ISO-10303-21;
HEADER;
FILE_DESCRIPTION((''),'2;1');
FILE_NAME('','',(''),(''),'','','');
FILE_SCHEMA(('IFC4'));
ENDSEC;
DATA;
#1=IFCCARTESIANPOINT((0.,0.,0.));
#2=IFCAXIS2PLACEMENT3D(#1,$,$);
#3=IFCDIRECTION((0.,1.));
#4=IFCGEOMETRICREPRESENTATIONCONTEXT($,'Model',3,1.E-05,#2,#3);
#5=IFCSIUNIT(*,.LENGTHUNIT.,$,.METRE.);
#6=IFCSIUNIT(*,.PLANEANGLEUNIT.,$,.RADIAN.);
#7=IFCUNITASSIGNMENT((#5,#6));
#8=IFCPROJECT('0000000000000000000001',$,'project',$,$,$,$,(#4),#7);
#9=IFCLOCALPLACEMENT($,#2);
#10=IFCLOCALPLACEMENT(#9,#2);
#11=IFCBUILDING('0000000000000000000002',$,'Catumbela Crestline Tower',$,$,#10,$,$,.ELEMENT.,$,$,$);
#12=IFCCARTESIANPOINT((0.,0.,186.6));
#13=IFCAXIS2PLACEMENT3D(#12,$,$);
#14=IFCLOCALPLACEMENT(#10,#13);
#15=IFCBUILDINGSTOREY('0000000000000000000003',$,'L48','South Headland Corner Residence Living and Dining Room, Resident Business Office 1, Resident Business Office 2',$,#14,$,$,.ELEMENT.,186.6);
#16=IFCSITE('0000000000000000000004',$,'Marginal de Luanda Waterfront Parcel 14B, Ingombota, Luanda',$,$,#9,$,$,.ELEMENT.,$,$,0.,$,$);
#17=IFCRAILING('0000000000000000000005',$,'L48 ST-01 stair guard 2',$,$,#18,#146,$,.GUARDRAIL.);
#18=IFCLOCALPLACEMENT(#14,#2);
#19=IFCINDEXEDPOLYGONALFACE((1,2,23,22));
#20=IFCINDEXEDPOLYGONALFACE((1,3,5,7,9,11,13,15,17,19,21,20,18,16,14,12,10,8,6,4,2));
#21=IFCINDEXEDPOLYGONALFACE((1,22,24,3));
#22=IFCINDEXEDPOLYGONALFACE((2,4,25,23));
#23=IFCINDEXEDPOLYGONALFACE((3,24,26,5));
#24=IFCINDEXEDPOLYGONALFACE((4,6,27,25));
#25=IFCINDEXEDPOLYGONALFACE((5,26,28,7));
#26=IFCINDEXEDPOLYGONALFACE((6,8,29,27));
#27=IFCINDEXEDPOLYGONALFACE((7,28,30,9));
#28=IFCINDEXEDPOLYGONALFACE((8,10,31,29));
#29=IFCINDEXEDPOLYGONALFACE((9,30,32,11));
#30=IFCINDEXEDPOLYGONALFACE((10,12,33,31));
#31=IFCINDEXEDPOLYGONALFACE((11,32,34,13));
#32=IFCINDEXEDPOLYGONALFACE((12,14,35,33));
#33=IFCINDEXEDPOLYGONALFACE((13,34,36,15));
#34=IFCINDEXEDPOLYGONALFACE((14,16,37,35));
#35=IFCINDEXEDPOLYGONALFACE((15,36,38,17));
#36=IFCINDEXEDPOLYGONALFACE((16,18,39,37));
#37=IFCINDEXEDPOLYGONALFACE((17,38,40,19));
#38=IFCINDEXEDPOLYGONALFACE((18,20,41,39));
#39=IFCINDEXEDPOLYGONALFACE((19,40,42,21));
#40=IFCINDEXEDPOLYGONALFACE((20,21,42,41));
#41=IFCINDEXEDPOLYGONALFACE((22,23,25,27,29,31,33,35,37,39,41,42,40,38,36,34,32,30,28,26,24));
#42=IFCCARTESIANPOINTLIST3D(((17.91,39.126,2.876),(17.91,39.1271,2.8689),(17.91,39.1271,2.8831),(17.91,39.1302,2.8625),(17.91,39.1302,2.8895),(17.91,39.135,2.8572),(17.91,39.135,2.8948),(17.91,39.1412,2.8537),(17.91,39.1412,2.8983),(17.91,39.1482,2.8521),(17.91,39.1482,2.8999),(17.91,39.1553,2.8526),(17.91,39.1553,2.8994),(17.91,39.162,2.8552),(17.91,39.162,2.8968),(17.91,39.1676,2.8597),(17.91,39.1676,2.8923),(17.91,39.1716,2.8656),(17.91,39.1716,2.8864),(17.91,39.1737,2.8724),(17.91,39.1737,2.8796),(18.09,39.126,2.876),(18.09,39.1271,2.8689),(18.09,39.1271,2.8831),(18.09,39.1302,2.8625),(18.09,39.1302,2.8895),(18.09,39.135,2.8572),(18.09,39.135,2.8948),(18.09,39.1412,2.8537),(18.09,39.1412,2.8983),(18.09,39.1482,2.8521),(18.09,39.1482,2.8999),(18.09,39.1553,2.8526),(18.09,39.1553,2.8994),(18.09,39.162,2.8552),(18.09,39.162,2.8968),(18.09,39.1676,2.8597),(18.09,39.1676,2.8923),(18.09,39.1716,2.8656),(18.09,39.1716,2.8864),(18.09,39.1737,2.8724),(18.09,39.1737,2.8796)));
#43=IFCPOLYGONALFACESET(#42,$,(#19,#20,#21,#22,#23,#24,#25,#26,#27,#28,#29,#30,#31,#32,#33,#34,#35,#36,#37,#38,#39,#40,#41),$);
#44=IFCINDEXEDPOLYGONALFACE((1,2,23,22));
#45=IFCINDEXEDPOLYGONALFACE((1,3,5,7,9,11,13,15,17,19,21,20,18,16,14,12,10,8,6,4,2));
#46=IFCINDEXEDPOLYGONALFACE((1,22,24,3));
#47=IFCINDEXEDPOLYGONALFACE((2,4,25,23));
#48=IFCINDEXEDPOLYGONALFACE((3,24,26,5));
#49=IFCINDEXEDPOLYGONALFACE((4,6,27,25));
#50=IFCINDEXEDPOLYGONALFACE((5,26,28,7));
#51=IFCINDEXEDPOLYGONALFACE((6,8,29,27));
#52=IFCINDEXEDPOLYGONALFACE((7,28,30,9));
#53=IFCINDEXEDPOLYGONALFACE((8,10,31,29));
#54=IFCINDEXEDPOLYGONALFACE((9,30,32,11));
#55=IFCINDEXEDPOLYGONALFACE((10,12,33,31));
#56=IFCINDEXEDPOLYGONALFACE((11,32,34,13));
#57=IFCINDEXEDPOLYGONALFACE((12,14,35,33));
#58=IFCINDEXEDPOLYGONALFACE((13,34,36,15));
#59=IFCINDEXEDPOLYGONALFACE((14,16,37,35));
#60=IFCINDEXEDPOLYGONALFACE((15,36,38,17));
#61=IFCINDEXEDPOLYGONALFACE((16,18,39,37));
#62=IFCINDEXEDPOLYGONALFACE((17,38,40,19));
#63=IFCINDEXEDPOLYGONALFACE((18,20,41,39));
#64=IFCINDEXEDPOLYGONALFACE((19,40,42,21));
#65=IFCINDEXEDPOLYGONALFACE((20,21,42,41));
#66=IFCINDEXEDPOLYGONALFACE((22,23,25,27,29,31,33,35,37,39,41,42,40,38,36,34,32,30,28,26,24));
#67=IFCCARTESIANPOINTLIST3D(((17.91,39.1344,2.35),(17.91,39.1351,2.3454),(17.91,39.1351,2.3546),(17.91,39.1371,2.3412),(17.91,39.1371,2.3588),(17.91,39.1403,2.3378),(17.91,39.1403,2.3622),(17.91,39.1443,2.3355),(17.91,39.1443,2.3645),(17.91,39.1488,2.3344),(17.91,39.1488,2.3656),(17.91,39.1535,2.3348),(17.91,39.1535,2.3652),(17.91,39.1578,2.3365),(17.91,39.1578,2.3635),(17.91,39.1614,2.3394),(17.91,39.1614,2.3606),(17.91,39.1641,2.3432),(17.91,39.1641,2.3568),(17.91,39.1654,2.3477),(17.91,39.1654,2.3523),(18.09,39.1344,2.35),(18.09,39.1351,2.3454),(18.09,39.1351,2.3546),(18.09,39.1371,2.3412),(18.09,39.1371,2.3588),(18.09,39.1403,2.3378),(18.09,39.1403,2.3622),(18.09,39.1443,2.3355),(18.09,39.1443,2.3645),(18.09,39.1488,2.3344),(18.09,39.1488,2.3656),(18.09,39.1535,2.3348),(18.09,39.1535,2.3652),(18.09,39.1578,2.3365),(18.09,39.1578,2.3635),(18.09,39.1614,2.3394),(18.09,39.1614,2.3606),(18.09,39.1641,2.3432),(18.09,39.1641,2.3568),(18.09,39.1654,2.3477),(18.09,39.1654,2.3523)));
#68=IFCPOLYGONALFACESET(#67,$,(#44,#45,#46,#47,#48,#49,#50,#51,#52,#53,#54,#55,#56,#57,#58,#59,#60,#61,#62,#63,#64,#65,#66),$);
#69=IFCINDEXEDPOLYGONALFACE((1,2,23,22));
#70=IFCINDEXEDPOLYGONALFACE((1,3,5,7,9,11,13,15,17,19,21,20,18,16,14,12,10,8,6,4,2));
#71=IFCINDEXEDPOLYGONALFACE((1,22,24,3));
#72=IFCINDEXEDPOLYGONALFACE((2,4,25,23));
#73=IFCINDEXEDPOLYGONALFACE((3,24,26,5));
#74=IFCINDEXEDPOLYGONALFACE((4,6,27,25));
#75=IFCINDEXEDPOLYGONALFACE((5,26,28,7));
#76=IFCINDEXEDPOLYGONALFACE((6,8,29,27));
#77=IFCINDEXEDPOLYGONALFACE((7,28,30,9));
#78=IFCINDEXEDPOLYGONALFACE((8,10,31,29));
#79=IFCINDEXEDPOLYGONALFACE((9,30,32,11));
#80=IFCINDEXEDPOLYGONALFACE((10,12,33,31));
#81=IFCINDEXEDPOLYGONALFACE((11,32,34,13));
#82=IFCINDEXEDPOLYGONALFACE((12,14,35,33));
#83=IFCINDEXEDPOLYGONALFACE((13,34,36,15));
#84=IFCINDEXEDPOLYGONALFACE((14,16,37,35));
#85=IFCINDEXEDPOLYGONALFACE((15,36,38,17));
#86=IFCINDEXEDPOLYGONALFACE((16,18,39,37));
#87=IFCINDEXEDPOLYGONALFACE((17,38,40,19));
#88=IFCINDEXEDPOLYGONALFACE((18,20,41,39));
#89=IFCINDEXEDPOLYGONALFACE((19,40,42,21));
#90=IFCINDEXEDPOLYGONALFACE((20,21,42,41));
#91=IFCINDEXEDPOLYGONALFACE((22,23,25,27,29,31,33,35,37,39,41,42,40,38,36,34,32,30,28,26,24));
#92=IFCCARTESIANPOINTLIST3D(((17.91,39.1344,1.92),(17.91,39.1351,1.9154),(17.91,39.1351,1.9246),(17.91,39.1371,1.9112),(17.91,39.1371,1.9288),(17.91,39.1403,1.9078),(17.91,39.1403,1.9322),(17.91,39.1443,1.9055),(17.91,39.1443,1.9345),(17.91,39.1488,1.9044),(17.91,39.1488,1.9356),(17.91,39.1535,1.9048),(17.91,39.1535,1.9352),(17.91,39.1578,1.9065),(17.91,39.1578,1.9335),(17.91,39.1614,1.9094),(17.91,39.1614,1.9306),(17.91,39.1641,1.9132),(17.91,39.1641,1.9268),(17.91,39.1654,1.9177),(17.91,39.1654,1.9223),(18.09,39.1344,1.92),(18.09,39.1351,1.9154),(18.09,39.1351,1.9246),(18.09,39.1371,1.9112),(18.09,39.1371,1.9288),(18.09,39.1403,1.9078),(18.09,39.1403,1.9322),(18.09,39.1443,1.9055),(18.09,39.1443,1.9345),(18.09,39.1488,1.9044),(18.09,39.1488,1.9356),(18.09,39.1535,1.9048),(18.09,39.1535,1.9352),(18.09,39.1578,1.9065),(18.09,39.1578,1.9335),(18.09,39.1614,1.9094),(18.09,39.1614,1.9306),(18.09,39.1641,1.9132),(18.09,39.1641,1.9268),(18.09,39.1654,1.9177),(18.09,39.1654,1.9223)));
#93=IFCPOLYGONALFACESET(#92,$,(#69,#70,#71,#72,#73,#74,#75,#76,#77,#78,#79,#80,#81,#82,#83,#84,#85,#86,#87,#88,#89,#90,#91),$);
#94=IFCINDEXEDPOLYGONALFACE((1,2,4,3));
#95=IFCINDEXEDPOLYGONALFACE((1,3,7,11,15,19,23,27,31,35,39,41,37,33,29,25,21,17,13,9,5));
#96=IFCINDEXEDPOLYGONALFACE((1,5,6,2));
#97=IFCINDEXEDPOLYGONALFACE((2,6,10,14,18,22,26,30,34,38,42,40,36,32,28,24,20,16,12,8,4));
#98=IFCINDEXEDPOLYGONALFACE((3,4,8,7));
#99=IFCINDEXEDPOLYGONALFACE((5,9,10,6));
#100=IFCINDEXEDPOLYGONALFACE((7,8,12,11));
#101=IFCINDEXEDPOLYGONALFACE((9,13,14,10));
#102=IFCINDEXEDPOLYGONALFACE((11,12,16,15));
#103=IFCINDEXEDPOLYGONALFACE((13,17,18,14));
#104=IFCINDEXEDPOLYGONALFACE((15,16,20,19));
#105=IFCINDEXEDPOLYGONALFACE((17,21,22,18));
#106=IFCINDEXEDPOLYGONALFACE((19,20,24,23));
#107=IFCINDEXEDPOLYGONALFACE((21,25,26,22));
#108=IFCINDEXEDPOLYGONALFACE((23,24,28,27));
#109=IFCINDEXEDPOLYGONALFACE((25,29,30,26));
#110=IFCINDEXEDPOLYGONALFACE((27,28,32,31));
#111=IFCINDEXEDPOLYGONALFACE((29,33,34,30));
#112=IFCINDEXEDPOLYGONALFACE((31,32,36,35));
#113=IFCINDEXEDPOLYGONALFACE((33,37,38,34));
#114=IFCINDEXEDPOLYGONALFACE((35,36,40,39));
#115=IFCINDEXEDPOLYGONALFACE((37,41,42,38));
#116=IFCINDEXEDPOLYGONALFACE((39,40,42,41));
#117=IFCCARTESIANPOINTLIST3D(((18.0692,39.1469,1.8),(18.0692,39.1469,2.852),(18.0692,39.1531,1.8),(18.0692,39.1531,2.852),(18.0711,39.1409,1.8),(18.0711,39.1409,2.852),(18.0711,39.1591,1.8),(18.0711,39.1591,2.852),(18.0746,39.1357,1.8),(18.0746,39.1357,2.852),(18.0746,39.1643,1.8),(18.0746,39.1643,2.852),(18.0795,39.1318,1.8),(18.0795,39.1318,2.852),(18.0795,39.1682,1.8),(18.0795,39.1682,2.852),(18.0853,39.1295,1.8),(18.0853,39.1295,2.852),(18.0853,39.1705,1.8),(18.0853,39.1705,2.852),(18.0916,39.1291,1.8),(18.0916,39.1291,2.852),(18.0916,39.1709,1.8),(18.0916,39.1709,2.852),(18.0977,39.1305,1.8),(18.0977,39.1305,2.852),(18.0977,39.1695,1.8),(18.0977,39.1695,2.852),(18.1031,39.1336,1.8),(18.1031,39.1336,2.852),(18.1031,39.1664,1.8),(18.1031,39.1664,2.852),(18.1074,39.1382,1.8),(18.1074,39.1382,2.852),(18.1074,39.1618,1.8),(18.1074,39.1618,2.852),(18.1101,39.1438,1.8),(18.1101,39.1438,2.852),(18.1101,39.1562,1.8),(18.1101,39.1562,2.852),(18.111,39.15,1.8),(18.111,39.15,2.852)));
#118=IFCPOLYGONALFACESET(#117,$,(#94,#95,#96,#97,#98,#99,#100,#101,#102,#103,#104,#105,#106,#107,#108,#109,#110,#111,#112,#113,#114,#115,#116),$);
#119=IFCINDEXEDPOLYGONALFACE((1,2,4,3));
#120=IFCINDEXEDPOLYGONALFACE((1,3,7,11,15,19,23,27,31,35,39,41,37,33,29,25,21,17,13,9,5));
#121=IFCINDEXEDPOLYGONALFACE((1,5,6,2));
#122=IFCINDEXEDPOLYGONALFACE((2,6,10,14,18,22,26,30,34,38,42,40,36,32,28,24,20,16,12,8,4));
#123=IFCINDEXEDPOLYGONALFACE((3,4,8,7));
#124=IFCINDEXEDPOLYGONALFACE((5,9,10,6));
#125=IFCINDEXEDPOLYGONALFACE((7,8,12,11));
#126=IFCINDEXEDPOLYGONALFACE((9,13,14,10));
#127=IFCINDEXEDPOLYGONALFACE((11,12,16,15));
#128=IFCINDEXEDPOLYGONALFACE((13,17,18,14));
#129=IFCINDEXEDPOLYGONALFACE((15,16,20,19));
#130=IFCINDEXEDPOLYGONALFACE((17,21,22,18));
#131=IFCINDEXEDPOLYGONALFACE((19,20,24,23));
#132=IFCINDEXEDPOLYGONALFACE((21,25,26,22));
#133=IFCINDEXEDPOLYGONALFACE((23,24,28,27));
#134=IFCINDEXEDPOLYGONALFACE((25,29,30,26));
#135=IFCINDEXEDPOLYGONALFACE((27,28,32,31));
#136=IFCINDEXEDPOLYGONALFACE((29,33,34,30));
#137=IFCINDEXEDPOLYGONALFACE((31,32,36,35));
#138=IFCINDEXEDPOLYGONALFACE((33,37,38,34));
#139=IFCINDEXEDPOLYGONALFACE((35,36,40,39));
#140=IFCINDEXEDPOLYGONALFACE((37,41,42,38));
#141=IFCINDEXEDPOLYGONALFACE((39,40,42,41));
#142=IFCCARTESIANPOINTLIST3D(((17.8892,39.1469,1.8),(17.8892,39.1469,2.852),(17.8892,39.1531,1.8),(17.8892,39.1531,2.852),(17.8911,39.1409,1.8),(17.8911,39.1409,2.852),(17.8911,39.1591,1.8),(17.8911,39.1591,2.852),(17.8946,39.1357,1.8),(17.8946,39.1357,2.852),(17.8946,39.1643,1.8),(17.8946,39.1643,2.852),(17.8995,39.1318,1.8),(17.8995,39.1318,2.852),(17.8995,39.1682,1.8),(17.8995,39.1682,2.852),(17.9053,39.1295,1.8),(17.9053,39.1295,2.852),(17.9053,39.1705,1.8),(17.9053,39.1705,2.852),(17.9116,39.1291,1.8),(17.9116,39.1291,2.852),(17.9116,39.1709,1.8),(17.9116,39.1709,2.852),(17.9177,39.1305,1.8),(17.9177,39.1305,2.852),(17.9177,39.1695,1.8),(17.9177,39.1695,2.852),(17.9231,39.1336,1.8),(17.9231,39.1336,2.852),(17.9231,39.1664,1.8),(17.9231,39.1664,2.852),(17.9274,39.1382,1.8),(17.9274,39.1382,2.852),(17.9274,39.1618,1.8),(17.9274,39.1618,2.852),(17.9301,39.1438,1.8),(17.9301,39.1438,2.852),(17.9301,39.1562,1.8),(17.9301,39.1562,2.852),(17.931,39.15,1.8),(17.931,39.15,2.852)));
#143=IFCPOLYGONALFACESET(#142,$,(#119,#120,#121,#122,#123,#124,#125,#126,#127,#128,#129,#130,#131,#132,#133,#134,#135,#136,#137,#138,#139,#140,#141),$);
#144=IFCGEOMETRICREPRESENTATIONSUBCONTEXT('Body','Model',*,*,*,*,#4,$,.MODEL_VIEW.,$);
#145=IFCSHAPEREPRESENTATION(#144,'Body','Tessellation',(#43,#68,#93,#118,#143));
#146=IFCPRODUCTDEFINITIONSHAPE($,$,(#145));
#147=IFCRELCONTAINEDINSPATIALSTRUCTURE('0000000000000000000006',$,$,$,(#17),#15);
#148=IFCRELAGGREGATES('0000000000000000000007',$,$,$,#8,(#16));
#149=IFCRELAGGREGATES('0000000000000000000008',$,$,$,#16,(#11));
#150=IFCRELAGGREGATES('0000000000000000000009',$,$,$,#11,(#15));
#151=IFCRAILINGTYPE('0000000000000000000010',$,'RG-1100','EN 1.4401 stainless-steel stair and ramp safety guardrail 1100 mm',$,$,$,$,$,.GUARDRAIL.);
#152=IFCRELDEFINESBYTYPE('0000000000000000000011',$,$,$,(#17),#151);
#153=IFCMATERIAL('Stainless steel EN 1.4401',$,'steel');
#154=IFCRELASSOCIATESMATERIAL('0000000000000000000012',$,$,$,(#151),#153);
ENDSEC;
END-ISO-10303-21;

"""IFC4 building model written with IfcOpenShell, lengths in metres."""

from ifc_helpers import new_model, si_unit, direction, frame, origin, origin_2d, place, context, subcontext, project, spatial, circle, extrude, material, type_object, element, save


model = new_model("IFC4")

# Units and contexts
model_context = context("Model", 3, precision=1e-05, world=origin(), true_north=direction((0.0, 1.0)))
body_context = subcontext(model_context, "Body", "Model", "MODEL_VIEW")
ifc_project = project(units=[si_unit("LENGTHUNIT", "METRE"), si_unit("PLANEANGLEUNIT", "RADIAN")], contexts=[model_context])

# Site, building, storey
site_placement = place(None, origin())
site = spatial("IfcSite", under=ifc_project, at=site_placement, Name="Marginal de Luanda Waterfront Parcel 14B, Ingombota, Luanda", CompositionType="ELEMENT", RefElevation=0.0)
building_placement = place(site_placement, origin())
building = spatial("IfcBuilding", under=site, at=building_placement, Name="Catumbela Crestline Tower", CompositionType="ELEMENT")
storey_placement = place(building_placement, frame((0.0, 0.0, 186.6)))
storey = spatial("IfcBuildingStorey", under=building, at=storey_placement, Name="L48", Description="South Headland Corner Residence Living and Dining Room, Resident Business Office 1, Resident Business Office 2", CompositionType="ELEMENT", Elevation=186.6)

# Shared definitions
ifc_material_1 = material(Name="Stainless steel EN 1.4401", Category="steel")

# Railing
railing_type_1 = type_object("IfcRailingType", Name="RG-1100", Description="EN 1.4401 stainless-steel stair and ramp safety guardrail 1100 mm", PredefinedType="GUARDRAIL", material=ifc_material_1)
railing_1_placement = place(storey_placement, frame((18.09, 39.15, 1.8)))
element("IfcRailing", 1, at=railing_1_placement, inside=storey, type_object=railing_type_1, Name="L48 ST-01 stair guard 2", PredefinedType="GUARDRAIL", context=body_context, shape_type="SweptSolid", body=[
    extrude(circle(Radius=0.024, at=origin_2d()), frame((0.0, 0.0, 1.076), z_axis=(-1.0, 0.0, 0.0), x_axis=(0.0, -1.0, 0.0)), (0.0, 0.0, 1.0), 0.18),
    extrude(circle(Radius=0.0156, at=origin_2d()), frame((0.0, 0.0, 0.55), z_axis=(-1.0, 0.0, 0.0), x_axis=(0.0, -1.0, 0.0)), (0.0, 0.0, 1.0), 0.18),
    extrude(circle(Radius=0.0156, at=origin_2d()), frame((0.0, 0.0, 0.12), z_axis=(-1.0, 0.0, 0.0), x_axis=(0.0, -1.0, 0.0)), (0.0, 0.0, 1.0), 0.18),
    extrude(circle(Radius=0.021, at=origin_2d()), origin(), (0.0, 0.0, 1.0), 1.052),
    extrude(circle(Radius=0.021, at=origin_2d()), frame((-0.18, 0.0, 0.0)), (0.0, 0.0, 1.0), 1.052),
])

save(model, "model.ifc")
